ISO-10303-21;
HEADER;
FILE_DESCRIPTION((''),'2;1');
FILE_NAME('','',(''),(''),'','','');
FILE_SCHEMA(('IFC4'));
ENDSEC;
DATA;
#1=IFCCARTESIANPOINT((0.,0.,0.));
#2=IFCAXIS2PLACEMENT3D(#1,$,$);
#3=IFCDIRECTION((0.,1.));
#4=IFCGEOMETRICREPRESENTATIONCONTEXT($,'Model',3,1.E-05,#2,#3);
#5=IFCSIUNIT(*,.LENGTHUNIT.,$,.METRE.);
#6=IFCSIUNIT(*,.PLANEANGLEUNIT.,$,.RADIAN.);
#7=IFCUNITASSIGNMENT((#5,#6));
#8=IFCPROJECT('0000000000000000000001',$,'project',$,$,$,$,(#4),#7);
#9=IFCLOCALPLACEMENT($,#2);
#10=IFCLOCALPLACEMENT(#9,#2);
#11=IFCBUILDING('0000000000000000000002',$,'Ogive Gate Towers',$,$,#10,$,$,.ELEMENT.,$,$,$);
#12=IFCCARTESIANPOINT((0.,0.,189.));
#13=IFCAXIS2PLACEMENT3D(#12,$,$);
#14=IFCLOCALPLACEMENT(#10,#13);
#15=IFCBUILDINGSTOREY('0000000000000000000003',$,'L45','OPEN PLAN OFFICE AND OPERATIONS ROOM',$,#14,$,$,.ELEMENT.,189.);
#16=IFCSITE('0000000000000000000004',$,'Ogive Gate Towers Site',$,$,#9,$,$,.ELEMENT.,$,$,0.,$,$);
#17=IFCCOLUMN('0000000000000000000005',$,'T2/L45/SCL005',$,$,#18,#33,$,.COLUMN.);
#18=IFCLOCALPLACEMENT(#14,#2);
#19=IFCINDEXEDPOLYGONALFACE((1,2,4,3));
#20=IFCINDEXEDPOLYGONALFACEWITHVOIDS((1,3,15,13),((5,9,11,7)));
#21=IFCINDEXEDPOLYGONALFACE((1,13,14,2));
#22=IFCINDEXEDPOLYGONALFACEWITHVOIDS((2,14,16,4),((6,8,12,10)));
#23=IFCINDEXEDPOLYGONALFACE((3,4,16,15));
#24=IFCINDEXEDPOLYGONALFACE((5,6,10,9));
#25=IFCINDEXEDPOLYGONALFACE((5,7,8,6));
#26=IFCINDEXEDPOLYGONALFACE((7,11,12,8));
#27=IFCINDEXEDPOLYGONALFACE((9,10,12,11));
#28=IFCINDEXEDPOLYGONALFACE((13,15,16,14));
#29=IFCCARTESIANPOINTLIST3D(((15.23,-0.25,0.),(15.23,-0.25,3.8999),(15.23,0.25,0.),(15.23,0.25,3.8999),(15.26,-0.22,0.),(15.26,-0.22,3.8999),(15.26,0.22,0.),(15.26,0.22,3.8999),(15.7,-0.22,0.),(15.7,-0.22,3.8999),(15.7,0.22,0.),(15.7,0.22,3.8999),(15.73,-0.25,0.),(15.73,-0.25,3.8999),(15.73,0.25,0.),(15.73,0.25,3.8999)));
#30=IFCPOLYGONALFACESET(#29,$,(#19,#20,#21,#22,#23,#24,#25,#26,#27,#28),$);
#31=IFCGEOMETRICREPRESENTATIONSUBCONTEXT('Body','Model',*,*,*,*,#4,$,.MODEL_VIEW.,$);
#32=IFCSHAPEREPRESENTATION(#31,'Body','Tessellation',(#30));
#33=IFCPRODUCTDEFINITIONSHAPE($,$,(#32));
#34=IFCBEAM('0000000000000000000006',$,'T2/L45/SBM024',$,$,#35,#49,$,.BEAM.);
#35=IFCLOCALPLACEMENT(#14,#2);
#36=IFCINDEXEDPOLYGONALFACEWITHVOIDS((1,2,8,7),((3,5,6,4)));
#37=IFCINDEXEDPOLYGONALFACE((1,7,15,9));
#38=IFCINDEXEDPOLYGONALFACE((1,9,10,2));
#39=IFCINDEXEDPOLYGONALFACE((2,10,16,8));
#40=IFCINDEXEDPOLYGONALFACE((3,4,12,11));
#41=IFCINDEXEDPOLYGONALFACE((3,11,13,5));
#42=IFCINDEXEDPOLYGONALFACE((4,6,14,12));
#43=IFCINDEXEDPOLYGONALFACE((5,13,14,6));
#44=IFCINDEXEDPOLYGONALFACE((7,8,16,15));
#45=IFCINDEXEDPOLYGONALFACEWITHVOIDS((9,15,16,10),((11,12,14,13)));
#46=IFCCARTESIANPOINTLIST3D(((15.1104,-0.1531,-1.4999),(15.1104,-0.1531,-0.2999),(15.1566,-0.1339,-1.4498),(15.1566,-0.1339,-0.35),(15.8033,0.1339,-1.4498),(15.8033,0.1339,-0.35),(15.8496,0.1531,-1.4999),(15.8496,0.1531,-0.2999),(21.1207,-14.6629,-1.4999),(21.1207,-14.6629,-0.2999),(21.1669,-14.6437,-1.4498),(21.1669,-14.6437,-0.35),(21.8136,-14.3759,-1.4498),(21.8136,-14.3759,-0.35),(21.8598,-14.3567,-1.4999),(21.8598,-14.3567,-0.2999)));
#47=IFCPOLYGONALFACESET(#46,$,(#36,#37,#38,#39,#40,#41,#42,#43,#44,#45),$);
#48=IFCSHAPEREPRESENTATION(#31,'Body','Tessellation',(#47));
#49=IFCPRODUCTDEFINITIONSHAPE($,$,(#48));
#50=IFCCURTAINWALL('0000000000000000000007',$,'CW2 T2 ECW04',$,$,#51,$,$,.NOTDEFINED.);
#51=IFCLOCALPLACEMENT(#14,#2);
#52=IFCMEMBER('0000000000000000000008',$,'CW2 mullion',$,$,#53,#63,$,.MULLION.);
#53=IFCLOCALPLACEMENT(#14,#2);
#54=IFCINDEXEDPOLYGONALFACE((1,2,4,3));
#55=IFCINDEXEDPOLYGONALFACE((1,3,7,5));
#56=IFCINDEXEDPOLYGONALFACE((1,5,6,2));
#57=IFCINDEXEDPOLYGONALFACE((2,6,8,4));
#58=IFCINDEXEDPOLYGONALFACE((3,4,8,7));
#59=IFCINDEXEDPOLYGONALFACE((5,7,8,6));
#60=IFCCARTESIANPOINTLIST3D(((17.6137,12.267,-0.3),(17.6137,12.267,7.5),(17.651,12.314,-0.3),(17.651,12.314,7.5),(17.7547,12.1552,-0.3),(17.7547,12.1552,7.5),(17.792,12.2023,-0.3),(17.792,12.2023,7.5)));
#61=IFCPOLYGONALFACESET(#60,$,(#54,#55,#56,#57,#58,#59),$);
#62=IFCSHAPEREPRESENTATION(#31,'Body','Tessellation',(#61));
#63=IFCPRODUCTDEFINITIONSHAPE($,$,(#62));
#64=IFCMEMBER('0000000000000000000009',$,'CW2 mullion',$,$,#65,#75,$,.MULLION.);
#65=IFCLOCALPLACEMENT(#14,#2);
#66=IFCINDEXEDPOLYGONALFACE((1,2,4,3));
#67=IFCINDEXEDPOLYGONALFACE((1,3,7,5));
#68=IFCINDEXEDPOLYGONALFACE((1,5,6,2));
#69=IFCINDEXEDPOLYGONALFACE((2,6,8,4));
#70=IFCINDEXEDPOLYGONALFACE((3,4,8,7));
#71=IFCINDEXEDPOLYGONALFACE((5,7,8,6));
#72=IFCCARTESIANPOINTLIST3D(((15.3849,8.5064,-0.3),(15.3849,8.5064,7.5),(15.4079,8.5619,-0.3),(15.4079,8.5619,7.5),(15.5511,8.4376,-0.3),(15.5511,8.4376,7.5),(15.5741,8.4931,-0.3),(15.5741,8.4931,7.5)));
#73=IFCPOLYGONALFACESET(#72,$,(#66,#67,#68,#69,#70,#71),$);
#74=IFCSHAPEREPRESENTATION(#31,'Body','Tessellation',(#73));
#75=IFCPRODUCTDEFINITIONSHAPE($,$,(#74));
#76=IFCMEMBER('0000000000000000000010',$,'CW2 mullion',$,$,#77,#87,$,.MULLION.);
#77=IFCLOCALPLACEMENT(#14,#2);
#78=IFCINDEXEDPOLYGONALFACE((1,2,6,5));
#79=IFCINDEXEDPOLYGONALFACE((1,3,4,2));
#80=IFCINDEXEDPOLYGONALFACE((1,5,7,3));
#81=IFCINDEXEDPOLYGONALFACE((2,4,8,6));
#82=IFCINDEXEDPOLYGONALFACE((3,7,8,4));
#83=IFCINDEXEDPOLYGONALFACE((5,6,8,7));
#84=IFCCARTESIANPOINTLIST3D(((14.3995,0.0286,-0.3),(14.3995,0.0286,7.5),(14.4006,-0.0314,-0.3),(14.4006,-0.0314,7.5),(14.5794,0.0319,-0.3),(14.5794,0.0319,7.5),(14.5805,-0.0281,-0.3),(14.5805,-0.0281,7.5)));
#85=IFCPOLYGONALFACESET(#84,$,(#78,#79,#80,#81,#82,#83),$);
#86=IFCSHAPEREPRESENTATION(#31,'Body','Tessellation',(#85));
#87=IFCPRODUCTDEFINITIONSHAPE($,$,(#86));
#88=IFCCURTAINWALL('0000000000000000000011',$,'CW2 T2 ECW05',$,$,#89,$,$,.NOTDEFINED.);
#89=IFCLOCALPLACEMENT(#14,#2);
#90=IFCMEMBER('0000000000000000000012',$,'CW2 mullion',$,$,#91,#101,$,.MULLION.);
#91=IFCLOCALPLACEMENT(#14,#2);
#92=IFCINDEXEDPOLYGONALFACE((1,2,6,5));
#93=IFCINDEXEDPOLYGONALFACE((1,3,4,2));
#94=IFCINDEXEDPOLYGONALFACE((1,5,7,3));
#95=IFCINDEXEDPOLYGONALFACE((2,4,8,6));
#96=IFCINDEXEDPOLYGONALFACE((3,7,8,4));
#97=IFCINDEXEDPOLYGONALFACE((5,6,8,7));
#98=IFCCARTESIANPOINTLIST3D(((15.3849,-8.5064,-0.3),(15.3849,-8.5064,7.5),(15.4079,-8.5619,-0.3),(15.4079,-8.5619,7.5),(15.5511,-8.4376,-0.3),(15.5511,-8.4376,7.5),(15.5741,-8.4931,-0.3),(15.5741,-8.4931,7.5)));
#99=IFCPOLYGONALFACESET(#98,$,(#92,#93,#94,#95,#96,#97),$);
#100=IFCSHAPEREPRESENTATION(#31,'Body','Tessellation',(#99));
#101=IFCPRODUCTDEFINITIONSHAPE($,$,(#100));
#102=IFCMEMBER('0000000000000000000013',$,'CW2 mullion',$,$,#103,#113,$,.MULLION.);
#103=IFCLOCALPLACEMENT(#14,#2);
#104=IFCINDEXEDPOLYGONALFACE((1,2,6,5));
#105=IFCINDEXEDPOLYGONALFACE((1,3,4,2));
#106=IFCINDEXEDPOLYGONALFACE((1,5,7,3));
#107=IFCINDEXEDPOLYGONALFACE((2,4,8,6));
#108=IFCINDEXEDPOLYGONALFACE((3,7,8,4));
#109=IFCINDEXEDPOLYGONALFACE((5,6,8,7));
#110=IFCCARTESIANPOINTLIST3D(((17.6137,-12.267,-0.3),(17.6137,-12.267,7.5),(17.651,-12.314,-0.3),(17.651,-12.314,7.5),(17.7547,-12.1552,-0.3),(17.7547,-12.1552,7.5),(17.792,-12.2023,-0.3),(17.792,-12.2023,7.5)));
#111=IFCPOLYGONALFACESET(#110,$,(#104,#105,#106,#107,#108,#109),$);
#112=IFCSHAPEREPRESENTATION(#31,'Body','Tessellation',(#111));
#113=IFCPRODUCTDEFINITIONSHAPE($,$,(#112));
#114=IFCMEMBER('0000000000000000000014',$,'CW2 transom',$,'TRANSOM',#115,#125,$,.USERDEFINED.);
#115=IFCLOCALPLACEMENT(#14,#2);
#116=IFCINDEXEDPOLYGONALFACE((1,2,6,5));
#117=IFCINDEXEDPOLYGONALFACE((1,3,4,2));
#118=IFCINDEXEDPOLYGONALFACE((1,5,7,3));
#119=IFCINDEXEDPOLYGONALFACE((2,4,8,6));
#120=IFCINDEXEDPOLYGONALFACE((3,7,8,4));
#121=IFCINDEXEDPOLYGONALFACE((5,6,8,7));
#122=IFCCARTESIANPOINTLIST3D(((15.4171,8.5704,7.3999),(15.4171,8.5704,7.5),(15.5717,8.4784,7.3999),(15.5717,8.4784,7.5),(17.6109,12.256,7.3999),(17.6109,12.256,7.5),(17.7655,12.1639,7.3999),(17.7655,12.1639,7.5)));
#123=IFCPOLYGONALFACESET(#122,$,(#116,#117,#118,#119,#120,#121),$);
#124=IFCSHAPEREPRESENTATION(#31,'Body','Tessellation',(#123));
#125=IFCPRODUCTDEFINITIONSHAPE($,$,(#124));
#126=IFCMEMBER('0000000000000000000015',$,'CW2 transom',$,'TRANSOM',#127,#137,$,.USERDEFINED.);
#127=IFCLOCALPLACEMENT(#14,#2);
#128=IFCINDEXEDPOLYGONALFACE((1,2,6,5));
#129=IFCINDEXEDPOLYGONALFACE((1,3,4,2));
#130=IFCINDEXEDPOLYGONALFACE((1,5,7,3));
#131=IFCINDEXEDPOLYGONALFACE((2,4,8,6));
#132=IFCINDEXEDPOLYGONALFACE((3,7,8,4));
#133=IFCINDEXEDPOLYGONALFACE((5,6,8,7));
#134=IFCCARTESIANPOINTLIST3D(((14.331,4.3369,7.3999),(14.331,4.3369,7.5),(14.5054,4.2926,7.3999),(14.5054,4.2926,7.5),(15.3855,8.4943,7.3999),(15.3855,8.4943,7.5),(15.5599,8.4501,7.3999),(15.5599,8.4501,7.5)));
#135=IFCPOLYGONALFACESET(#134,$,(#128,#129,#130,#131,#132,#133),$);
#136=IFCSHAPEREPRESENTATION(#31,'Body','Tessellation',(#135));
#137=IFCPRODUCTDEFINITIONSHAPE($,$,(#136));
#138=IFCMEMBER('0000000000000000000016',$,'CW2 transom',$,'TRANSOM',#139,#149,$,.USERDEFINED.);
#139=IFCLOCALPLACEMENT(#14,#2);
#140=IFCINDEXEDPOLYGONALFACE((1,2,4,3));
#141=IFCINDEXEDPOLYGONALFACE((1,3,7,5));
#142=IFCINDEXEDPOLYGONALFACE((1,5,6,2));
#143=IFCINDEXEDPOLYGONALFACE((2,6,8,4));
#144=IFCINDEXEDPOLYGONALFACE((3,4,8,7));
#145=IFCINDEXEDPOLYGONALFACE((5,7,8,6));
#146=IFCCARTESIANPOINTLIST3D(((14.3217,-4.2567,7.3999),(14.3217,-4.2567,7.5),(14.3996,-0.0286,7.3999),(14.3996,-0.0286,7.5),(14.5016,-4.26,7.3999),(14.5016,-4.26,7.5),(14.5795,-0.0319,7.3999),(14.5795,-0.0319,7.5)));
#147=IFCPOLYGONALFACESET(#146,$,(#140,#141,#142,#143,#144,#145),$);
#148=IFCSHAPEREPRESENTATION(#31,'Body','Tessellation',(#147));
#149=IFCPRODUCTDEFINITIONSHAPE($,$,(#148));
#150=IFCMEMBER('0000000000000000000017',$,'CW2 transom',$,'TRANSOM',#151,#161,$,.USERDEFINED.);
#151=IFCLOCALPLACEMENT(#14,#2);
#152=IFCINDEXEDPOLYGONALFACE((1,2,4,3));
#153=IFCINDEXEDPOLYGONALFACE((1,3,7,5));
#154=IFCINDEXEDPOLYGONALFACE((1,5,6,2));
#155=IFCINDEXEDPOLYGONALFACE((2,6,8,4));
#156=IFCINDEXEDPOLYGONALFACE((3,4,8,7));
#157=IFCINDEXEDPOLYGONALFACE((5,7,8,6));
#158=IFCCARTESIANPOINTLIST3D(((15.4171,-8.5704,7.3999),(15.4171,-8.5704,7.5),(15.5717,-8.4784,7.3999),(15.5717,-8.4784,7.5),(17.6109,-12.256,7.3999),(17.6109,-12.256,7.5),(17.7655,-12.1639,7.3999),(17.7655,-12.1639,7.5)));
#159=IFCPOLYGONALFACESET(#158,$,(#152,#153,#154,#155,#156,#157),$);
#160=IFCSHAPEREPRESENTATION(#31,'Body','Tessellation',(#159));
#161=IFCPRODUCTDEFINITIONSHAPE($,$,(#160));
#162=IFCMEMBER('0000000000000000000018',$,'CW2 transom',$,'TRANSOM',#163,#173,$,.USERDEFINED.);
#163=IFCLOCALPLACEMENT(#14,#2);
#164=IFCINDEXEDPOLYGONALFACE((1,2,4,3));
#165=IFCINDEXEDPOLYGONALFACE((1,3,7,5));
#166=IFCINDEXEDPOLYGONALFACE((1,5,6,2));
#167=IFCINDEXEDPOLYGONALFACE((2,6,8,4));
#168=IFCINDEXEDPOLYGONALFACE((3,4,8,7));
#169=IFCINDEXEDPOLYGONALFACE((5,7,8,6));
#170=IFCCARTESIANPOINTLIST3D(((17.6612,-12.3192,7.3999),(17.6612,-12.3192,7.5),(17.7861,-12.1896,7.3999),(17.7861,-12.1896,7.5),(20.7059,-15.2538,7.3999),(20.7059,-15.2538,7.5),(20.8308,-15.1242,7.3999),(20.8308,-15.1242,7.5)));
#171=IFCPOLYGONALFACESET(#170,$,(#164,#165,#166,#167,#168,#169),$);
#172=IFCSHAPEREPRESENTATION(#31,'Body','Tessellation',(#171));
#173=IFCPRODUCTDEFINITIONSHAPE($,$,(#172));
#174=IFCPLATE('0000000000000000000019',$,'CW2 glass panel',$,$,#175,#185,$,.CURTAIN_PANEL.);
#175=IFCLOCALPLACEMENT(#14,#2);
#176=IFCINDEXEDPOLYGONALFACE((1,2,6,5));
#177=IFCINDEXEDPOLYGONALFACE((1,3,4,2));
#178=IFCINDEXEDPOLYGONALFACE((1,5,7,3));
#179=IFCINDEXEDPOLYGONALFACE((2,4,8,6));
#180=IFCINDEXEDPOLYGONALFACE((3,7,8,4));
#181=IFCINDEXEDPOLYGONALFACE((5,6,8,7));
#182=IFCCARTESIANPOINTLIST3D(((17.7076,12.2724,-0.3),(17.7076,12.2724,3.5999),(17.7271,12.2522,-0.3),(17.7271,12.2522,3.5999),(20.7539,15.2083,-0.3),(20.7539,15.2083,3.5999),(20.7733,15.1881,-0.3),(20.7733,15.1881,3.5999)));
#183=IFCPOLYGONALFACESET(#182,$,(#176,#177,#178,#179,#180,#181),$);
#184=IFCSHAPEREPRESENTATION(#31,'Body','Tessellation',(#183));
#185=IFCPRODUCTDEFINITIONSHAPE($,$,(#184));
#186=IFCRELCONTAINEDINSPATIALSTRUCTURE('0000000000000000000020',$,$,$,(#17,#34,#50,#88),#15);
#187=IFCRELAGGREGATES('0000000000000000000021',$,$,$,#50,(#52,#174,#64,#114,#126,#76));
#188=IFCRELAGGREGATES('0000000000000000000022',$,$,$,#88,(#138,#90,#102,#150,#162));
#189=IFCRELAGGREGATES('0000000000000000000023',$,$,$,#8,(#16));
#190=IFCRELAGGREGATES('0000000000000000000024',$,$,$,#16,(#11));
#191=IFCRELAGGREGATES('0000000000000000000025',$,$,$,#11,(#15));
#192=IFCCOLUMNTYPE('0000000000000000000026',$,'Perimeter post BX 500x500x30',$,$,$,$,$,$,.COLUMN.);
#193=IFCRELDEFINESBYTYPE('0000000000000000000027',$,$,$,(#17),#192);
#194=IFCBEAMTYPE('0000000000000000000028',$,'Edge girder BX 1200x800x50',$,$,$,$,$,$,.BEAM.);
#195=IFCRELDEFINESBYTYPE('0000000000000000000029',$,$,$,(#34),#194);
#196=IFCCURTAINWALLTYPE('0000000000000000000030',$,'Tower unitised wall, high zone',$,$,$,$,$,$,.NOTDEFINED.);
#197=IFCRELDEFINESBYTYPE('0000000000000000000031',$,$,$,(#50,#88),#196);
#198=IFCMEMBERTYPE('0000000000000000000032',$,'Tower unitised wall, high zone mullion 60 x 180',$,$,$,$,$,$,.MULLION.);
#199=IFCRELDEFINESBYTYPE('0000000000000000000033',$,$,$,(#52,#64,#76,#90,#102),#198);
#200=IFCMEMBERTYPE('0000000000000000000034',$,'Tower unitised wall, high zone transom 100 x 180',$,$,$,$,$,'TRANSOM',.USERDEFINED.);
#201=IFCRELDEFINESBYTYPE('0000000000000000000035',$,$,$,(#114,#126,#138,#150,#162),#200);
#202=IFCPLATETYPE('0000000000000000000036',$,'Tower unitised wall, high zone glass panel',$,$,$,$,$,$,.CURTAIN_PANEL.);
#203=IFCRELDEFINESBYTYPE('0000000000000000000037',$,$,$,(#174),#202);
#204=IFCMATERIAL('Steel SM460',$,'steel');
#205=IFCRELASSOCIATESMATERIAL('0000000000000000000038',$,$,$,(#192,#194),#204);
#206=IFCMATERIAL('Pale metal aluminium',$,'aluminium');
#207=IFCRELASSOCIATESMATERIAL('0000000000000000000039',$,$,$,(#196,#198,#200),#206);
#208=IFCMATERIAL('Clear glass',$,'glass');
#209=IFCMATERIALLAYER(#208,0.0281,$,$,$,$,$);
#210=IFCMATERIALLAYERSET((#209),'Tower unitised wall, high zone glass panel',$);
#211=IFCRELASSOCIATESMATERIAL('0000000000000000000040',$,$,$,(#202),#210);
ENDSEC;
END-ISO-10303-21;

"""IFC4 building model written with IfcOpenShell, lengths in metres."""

from ifc_helpers import new_model, si_unit, direction, frame, origin, origin_2d, place, context, subcontext, project, spatial, rectangle, hollow_rectangle, extrude, material, layer, layer_set, material_profile, profile_set, type_object, element, aggregate, save


model = new_model("IFC4")

# Units and contexts
model_context = context("Model", 3, precision=1e-05, world=origin(), true_north=direction((0.0, 1.0)))
body_context = subcontext(model_context, "Body", "Model", "MODEL_VIEW")
ifc_project = project(units=[si_unit("LENGTHUNIT", "METRE"), si_unit("PLANEANGLEUNIT", "RADIAN")], contexts=[model_context])

# Site, building, storey
site_placement = place(None, origin())
site = spatial("IfcSite", under=ifc_project, at=site_placement, Name="Ogive Gate Towers Site", CompositionType="ELEMENT", RefElevation=0.0)
building_placement = place(site_placement, origin())
building = spatial("IfcBuilding", under=site, at=building_placement, Name="Ogive Gate Towers", CompositionType="ELEMENT")
storey_placement = place(building_placement, frame((0.0, 0.0, 189.0)))
storey = spatial("IfcBuildingStorey", under=building, at=storey_placement, Name="L45", Description="OPEN PLAN OFFICE AND OPERATIONS ROOM", CompositionType="ELEMENT", Elevation=189.0)

# Column
ifc_material_1 = material(Name="Steel SM460", Category="steel")
ifc_material_profile_1 = material_profile(ifc_material_1, hollow_rectangle(XDim=0.5, YDim=0.5, WallThickness=0.03, at=origin_2d()), Name="BX 500x500x30")
ifc_profile_set_1 = profile_set([ifc_material_profile_1], Name="Steel SM460")
column_type = type_object("IfcColumnType", Name="Perimeter post BX 500x500x30", PredefinedType="COLUMN", material=ifc_profile_set_1)
column_placement = place(storey_placement, frame((15.48, 0.0, 0.0), z_axis=(0.0, 0.0, 1.0), x_axis=(1.0, 0.0, 0.0)))
element("IfcColumn", 1, at=column_placement, inside=storey, type_object=column_type, Name="T2/L45/SCL005", PredefinedType="COLUMN", context=body_context, shape_type="SweptSolid", body=[
    extrude(hollow_rectangle(XDim=0.5, YDim=0.5, WallThickness=0.03, at=origin_2d()), origin(), (0.0, 0.0, 1.0), 3.8999),
])

# Beam
ifc_material_profile_2 = material_profile(ifc_material_1, hollow_rectangle(XDim=0.8, YDim=1.2, WallThickness=0.05, at=origin_2d()), Name="BX 1200x800x50")
ifc_profile_set_2 = profile_set([ifc_material_profile_2], Name="Steel SM460")
beam_type = type_object("IfcBeamType", Name="Edge girder BX 1200x800x50", PredefinedType="BEAM", material=ifc_profile_set_2)
beam_placement = place(storey_placement, frame((15.48, 0.0, -0.8999), z_axis=(0.38269, -0.923877, 0.0), x_axis=(0.923877, 0.38269, 0.0)))
element("IfcBeam", 2, at=beam_placement, inside=storey, type_object=beam_type, Name="T2/L45/SBM024", PredefinedType="BEAM", context=body_context, shape_type="SweptSolid", body=[
    extrude(hollow_rectangle(XDim=0.8, YDim=1.2, WallThickness=0.05, at=origin_2d()), origin(), (0.0, 0.0, 1.0), 15.7053),
])

# Curtain walls, members
ifc_material_2 = material(Name="Pale metal aluminium", Category="aluminium")
curtain_wall_type = type_object("IfcCurtainWallType", Name="Tower unitised wall, high zone", PredefinedType="NOTDEFINED", material=ifc_material_2)
curtain_wall_1_placement = place(storey_placement, origin())
curtain_wall_1 = element("IfcCurtainWall", 3, at=curtain_wall_1_placement, inside=storey, type_object=curtain_wall_type, Name="CW2 T2 ECW04", PredefinedType="NOTDEFINED")
ifc_material_profile_3 = material_profile(ifc_material_2, rectangle(XDim=0.1799, YDim=0.0601, at=origin_2d()), Name="60 x 180 aluminium box")
ifc_profile_set_3 = profile_set([ifc_material_profile_3], Name="Pale metal aluminium")
member_type_1 = type_object("IfcMemberType", Name="Tower unitised wall, high zone mullion 60 x 180", PredefinedType="MULLION", material=ifc_profile_set_3)
member_1_placement = place(storey_placement, frame((17.7029, 12.2346, -0.3), z_axis=(0.0, 0.0, 1.0), x_axis=(-0.783574, 0.621298, 0.0)))
member_1 = element("IfcMember", 4, at=member_1_placement, type_object=member_type_1, Name="CW2 mullion", PredefinedType="MULLION", context=body_context, shape_type="SweptSolid", body=[
    extrude(rectangle(XDim=0.1799, YDim=0.0601, at=origin_2d()), origin(), (0.0, 0.0, 1.0), 7.8),
])
member_2_placement = place(storey_placement, frame((15.4795, 8.4998, -0.3), z_axis=(0.0, 0.0, 1.0), x_axis=(-0.92388, 0.382683, 0.0)))
member_2 = element("IfcMember", 5, at=member_2_placement, type_object=member_type_1, Name="CW2 mullion", PredefinedType="MULLION", context=body_context, shape_type="SweptSolid", body=[
    extrude(rectangle(XDim=0.1799, YDim=0.0601, at=origin_2d()), origin(), (0.0, 0.0, 1.0), 7.8),
])
member_3_placement = place(storey_placement, frame((14.49, 0.0002, -0.3), z_axis=(0.0, 0.0, 1.0), x_axis=(-0.99983, -0.018412, 0.0)))
member_3 = element("IfcMember", 6, at=member_3_placement, type_object=member_type_1, Name="CW2 mullion", PredefinedType="MULLION", context=body_context, shape_type="SweptSolid", body=[
    extrude(rectangle(XDim=0.1799, YDim=0.0601, at=origin_2d()), origin(), (0.0, 0.0, 1.0), 7.8),
])
curtain_wall_2_placement = place(storey_placement, origin())
curtain_wall_2 = element("IfcCurtainWall", 7, at=curtain_wall_2_placement, inside=storey, type_object=curtain_wall_type, Name="CW2 T2 ECW05", PredefinedType="NOTDEFINED")
member_4_placement = place(storey_placement, frame((15.4795, -8.4998, -0.3), z_axis=(0.0, 0.0, 1.0), x_axis=(-0.92388, -0.382683, 0.0)))
member_4 = element("IfcMember", 8, at=member_4_placement, type_object=member_type_1, Name="CW2 mullion", PredefinedType="MULLION", context=body_context, shape_type="SweptSolid", body=[
    extrude(rectangle(XDim=0.1799, YDim=0.0601, at=origin_2d()), origin(), (0.0, 0.0, 1.0), 7.8),
])
member_5_placement = place(storey_placement, frame((17.7029, -12.2346, -0.3), z_axis=(0.0, 0.0, 1.0), x_axis=(-0.783574, -0.621298, 0.0)))
member_5 = element("IfcMember", 9, at=member_5_placement, type_object=member_type_1, Name="CW2 mullion", PredefinedType="MULLION", context=body_context, shape_type="SweptSolid", body=[
    extrude(rectangle(XDim=0.1799, YDim=0.0601, at=origin_2d()), origin(), (0.0, 0.0, 1.0), 7.8),
])

# Members
ifc_material_profile_4 = material_profile(ifc_material_2, rectangle(XDim=0.1799, YDim=0.1001, at=origin_2d()), Name="100 x 180 aluminium box")
ifc_profile_set_4 = profile_set([ifc_material_profile_4], Name="Pale metal aluminium")
member_type_2 = type_object("IfcMemberType", Name="Tower unitised wall, high zone transom 100 x 180", ElementType="TRANSOM", PredefinedType="USERDEFINED", material=ifc_profile_set_4)
member_6_placement = place(storey_placement, frame((17.6882, 12.21, 7.45), z_axis=(-0.511496, -0.859286, 0.0), x_axis=(0.859286, -0.511496, 0.0)))
member_6 = element("IfcMember", 10, at=member_6_placement, type_object=member_type_2, Name="CW2 transom", ObjectType="TRANSOM", PredefinedType="USERDEFINED", context=body_context, shape_type="SweptSolid", body=[
    extrude(rectangle(XDim=0.1799, YDim=0.1001, at=origin_2d()), origin(), (0.0, 0.0, 1.0), 4.2891),
])
member_7_placement = place(storey_placement, frame((15.4727, 8.4722, 7.45), z_axis=(-0.245842, -0.96931, 0.0), x_axis=(0.96931, -0.245842, 0.0)))
member_7 = element("IfcMember", 11, at=member_7_placement, type_object=member_type_2, Name="CW2 transom", ObjectType="TRANSOM", PredefinedType="USERDEFINED", context=body_context, shape_type="SweptSolid", body=[
    extrude(rectangle(XDim=0.1799, YDim=0.1001, at=origin_2d()), origin(), (0.0, 0.0, 1.0), 4.2891),
])
member_8_placement = place(storey_placement, frame((14.4895, -0.0303, 7.45), z_axis=(-0.018417, -0.99983, 0.0), x_axis=(0.99983, -0.018417, 0.0)))
member_8 = element("IfcMember", 12, at=member_8_placement, type_object=member_type_2, Name="CW2 transom", ObjectType="TRANSOM", PredefinedType="USERDEFINED", context=body_context, shape_type="SweptSolid", body=[
    extrude(rectangle(XDim=0.1799, YDim=0.1001, at=origin_2d()), origin(), (0.0, 0.0, 1.0), 4.2288),
])
member_9_placement = place(storey_placement, frame((15.4944, -8.5244, 7.45), z_axis=(0.511496, -0.859286, 0.0), x_axis=(0.859286, 0.511496, 0.0)))
member_9 = element("IfcMember", 13, at=member_9_placement, type_object=member_type_2, Name="CW2 transom", ObjectType="TRANSOM", PredefinedType="USERDEFINED", context=body_context, shape_type="SweptSolid", body=[
    extrude(rectangle(XDim=0.1799, YDim=0.1001, at=origin_2d()), origin(), (0.0, 0.0, 1.0), 4.2891),
])
member_10_placement = place(storey_placement, frame((17.7236, -12.2544, 7.45), z_axis=(0.720006, -0.693968, 0.0), x_axis=(0.693968, 0.720006, 0.0)))
member_10 = element("IfcMember", 14, at=member_10_placement, type_object=member_type_2, Name="CW2 transom", ObjectType="TRANSOM", PredefinedType="USERDEFINED", context=body_context, shape_type="SweptSolid", body=[
    extrude(rectangle(XDim=0.1799, YDim=0.1001, at=origin_2d()), origin(), (0.0, 0.0, 1.0), 4.2288),
])

# Plate
ifc_material_3 = material(Name="Clear glass", Category="glass")
ifc_layer_1 = layer(ifc_material_3, 0.0281)
ifc_layer_set_1 = layer_set([ifc_layer_1], Name="Tower unitised wall, high zone glass panel")
plate_type = type_object("IfcPlateType", Name="Tower unitised wall, high zone glass panel", PredefinedType="CURTAIN_PANEL", material=ifc_layer_set_1)
plate_1_placement = place(storey_placement, frame((19.2405, 13.7302, -0.3), z_axis=(0.0, 0.0, 1.0), x_axis=(-0.720031, -0.693942, 0.0)))
plate_1 = element("IfcPlate", 15, at=plate_1_placement, type_object=plate_type, Name="CW2 glass panel", PredefinedType="CURTAIN_PANEL", context=body_context, shape_type="SweptSolid", body=[
    extrude(rectangle(XDim=4.2307, YDim=0.0281, at=origin_2d()), origin(), (0.0, 0.0, 1.0), 3.8999),
])
aggregate(curtain_wall_1, [member_1, plate_1, member_2, member_6, member_7, member_3])
aggregate(curtain_wall_2, [member_8, member_4, member_5, member_9, member_10])

save(model, "model.ifc")
